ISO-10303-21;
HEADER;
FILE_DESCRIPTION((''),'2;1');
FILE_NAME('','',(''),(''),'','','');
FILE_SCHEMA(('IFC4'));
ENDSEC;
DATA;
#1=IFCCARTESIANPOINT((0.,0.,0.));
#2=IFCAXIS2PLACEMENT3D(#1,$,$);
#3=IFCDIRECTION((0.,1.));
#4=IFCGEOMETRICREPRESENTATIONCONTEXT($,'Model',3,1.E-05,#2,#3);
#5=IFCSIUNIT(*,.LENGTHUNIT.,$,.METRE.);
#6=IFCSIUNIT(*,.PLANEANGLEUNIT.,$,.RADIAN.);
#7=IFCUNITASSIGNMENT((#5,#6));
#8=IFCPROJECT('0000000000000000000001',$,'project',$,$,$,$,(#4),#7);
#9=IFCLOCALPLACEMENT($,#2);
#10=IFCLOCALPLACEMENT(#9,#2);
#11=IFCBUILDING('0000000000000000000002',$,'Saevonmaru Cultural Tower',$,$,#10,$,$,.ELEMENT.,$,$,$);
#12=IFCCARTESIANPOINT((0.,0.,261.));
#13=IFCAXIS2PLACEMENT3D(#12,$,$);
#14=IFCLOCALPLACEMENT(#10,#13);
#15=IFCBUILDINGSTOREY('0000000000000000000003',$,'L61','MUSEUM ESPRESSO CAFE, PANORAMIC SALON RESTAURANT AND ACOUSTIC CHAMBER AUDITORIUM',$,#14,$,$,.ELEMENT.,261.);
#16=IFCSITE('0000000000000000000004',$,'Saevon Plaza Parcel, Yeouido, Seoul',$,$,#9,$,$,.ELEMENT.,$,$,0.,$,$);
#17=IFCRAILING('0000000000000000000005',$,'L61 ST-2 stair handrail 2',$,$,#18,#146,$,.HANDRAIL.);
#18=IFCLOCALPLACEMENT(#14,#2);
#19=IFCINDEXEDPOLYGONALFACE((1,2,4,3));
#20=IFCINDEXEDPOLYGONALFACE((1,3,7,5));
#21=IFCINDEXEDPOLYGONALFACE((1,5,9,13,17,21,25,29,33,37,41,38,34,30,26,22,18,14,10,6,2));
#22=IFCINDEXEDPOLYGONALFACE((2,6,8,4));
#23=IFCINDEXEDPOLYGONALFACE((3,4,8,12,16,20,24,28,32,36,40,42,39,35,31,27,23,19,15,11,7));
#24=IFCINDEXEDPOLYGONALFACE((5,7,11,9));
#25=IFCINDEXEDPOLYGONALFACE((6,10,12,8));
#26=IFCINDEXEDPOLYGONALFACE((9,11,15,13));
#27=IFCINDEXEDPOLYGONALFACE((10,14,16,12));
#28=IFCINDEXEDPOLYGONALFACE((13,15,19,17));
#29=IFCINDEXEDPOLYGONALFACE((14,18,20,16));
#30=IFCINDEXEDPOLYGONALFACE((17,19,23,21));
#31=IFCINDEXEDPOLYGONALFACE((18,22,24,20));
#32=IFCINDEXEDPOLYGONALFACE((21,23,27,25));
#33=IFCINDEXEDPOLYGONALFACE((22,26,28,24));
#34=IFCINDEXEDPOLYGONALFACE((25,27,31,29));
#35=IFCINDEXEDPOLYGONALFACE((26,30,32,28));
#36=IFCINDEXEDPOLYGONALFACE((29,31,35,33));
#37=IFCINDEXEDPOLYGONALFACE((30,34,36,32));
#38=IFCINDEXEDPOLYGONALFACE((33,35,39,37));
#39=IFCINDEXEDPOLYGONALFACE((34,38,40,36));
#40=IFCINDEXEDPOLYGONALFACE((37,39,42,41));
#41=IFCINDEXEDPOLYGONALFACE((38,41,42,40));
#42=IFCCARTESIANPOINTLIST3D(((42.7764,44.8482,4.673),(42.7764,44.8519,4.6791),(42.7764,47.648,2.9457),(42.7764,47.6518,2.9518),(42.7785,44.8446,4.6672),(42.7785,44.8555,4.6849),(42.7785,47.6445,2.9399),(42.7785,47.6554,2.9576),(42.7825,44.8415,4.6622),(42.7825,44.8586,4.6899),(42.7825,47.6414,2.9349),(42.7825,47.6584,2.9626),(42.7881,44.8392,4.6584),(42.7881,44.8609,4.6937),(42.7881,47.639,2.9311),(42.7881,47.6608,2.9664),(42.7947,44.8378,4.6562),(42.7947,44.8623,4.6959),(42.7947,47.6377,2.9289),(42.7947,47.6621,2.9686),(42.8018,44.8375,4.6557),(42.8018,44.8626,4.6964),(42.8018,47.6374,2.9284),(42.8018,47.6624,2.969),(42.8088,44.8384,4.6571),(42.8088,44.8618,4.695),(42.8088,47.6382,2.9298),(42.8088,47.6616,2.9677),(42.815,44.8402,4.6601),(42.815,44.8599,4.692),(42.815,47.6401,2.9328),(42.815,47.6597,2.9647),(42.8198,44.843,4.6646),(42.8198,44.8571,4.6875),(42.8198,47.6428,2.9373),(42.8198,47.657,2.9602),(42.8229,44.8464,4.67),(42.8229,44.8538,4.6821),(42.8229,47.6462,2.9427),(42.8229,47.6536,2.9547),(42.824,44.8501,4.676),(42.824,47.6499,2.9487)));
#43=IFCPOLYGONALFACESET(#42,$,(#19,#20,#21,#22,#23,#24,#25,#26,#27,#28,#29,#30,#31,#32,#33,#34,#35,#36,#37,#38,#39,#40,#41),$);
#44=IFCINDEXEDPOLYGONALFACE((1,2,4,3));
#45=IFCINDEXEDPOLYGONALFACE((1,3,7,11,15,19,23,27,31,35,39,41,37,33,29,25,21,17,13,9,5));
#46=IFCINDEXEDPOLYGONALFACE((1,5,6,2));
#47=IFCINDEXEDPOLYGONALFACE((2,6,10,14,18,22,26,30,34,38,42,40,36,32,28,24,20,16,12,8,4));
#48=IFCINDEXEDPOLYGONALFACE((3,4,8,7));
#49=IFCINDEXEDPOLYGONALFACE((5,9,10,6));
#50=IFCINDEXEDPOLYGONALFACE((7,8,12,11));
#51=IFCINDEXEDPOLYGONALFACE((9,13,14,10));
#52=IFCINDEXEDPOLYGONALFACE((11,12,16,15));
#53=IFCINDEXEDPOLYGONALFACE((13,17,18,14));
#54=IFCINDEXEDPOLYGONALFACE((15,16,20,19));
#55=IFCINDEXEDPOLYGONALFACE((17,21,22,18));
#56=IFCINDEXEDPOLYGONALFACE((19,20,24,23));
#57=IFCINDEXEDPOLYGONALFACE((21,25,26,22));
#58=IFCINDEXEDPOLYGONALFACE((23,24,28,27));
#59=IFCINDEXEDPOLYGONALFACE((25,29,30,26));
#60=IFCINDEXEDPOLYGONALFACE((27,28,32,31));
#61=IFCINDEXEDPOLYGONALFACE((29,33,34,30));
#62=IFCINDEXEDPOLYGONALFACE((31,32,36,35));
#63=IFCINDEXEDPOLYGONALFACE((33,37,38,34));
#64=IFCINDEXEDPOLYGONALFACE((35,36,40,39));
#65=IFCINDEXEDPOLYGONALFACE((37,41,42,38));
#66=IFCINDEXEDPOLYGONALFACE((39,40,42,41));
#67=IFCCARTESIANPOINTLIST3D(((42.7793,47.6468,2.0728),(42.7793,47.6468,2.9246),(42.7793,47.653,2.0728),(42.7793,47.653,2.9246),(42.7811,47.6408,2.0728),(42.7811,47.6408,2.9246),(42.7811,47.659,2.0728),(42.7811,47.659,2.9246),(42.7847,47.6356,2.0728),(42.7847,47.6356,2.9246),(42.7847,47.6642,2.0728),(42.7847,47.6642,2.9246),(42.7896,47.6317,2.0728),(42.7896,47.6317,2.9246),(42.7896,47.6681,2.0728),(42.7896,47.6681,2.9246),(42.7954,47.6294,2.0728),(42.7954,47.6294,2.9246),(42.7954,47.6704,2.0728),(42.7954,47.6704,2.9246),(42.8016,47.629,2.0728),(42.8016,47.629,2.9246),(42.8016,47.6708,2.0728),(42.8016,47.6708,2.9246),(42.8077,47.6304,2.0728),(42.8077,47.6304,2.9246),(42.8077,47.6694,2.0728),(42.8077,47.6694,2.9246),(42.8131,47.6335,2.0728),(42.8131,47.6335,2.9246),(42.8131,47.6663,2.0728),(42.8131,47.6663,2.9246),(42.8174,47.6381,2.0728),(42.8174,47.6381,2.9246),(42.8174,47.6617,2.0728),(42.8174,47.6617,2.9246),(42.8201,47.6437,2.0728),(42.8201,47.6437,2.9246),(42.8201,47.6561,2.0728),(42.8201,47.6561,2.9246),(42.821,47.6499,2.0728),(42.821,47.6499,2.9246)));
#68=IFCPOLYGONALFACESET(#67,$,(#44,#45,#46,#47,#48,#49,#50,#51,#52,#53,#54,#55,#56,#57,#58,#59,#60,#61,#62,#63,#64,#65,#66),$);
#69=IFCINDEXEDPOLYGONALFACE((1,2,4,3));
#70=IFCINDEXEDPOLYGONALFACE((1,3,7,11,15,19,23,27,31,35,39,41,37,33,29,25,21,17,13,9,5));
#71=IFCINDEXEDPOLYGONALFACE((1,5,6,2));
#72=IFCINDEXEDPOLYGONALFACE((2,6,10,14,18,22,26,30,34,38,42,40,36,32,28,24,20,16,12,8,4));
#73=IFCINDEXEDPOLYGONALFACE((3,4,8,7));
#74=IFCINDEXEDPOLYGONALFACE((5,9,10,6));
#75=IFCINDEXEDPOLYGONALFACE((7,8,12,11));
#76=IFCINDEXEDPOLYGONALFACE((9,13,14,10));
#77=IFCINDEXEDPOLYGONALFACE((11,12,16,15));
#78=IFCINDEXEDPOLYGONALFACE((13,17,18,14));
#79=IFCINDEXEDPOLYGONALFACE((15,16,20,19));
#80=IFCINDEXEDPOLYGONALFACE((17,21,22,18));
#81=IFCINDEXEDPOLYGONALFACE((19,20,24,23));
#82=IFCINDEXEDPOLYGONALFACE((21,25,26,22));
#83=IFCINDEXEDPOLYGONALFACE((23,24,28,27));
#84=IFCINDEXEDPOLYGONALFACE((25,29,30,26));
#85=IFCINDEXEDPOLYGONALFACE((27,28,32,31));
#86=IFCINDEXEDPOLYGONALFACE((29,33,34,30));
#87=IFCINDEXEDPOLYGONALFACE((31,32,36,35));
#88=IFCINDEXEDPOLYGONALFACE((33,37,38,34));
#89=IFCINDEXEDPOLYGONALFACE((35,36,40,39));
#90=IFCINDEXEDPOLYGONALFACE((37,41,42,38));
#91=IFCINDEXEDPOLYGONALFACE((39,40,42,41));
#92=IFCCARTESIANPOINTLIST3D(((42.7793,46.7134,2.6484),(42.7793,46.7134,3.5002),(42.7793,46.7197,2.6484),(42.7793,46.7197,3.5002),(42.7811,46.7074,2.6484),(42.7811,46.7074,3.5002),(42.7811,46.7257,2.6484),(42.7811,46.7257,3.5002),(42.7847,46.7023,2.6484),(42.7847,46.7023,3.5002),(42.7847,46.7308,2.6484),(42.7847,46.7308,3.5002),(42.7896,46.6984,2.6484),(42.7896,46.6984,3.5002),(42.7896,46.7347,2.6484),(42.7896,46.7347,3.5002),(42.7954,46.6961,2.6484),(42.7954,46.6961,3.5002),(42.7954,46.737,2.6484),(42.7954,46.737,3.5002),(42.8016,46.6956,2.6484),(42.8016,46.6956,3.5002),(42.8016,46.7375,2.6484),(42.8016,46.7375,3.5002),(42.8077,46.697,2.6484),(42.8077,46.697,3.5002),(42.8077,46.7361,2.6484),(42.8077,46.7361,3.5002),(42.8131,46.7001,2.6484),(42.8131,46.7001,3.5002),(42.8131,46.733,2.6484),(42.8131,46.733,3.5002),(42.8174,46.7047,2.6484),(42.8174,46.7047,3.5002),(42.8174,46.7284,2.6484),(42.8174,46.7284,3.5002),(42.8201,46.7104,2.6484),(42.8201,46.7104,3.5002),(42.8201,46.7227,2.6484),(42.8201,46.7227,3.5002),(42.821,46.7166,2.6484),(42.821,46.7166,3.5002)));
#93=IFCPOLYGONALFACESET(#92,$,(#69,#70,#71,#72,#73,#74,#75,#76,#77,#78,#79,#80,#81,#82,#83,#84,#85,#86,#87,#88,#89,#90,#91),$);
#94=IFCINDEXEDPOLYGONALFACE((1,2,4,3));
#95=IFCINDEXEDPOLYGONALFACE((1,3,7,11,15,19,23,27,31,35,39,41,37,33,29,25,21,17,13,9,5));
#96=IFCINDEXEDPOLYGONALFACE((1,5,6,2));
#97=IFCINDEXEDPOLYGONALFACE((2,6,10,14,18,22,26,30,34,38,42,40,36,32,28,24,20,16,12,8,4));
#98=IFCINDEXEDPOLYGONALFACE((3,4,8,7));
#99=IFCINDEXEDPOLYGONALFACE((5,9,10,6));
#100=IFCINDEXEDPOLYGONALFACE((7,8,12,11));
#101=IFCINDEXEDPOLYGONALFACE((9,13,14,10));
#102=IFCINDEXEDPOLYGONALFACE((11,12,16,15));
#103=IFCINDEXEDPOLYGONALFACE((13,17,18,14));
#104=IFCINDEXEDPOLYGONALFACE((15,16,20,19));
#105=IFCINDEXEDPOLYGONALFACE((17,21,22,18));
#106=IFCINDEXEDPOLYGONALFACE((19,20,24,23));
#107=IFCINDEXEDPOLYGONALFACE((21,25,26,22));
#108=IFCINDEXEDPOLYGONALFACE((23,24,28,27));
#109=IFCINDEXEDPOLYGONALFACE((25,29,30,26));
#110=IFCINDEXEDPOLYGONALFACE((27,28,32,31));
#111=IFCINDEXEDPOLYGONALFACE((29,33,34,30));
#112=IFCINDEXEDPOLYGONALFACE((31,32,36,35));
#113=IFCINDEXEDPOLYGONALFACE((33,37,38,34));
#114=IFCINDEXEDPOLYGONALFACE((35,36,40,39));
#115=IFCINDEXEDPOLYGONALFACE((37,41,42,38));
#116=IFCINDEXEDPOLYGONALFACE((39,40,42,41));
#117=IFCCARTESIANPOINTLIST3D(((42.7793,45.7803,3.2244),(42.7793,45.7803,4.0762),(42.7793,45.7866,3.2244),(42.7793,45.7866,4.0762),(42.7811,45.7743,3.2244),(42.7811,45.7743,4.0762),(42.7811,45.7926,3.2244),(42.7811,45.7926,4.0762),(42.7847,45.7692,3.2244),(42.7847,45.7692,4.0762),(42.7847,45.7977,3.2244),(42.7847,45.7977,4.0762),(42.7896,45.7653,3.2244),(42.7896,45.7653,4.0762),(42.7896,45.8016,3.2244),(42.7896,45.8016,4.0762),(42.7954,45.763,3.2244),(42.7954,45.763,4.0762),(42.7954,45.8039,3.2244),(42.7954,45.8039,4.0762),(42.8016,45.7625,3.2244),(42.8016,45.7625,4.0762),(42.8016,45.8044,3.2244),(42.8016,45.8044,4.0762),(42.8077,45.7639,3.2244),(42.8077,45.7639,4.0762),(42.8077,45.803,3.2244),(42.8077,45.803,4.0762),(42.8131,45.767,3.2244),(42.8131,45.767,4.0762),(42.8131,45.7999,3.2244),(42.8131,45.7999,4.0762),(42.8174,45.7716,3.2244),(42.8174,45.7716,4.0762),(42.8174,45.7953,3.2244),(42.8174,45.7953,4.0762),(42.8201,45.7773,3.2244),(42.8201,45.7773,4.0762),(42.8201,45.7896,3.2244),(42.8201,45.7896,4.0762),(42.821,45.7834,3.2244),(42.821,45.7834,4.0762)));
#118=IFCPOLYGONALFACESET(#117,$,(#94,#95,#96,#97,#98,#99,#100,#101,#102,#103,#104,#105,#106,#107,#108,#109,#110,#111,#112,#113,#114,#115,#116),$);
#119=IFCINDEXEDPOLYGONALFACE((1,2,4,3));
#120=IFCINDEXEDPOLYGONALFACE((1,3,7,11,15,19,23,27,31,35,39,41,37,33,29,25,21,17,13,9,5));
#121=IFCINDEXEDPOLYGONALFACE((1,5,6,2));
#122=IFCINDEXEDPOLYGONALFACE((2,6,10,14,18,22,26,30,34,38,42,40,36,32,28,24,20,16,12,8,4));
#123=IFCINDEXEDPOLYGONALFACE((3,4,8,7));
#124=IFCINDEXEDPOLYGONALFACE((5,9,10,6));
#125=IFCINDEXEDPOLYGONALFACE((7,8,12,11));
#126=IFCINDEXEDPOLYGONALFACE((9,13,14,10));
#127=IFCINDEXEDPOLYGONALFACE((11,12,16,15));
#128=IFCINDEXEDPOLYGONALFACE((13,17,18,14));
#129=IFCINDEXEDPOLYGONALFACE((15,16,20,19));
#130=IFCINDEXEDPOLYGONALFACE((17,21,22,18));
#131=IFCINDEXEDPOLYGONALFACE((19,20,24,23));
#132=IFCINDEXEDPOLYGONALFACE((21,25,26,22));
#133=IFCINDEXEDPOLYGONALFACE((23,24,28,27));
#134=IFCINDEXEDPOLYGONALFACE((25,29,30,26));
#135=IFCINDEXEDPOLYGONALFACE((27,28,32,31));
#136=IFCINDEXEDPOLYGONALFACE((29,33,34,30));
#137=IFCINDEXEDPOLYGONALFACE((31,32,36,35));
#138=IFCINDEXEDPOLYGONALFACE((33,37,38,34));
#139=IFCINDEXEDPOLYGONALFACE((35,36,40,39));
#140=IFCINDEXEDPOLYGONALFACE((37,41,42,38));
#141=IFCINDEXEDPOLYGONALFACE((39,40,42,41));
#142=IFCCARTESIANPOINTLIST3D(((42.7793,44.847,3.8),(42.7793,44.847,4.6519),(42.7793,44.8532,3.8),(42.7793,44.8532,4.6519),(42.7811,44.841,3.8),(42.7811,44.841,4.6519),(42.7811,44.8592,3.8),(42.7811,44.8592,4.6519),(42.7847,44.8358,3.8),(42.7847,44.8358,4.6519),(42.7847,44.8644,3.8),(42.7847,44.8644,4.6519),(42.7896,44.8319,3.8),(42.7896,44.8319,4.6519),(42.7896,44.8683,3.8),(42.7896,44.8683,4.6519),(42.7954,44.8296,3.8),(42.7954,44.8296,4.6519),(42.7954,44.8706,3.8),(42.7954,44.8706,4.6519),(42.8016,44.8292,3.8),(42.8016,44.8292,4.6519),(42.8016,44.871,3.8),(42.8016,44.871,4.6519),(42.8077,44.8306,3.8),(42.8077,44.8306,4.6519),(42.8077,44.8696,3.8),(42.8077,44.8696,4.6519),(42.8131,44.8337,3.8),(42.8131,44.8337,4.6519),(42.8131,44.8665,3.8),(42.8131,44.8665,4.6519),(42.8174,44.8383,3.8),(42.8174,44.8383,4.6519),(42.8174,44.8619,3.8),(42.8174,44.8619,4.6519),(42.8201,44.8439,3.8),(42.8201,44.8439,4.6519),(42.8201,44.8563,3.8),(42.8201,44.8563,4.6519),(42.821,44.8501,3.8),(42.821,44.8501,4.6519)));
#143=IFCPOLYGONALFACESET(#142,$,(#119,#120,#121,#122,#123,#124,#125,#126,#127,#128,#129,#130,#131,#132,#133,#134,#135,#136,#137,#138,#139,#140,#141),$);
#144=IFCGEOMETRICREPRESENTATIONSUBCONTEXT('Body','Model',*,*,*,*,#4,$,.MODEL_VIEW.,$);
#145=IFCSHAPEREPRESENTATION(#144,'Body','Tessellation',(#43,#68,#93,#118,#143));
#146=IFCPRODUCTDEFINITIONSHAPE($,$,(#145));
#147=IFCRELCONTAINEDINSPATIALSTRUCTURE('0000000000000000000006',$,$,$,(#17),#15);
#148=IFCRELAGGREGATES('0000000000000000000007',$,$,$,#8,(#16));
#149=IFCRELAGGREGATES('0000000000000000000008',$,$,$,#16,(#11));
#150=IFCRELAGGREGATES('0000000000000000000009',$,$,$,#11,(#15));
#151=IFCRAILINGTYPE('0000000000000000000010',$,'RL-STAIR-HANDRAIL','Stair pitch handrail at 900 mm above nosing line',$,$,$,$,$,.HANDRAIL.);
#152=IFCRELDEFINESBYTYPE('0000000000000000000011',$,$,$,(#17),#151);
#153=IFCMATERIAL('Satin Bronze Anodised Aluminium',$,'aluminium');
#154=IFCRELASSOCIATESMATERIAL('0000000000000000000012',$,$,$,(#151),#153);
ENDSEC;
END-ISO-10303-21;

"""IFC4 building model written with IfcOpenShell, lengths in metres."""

from ifc_helpers import new_model, si_unit, direction, frame, origin, origin_2d, place, context, subcontext, project, spatial, circle, extrude, material, type_object, element, save


model = new_model("IFC4")

# Units and contexts
model_context = context("Model", 3, precision=1e-05, world=origin(), true_north=direction((0.0, 1.0)))
body_context = subcontext(model_context, "Body", "Model", "MODEL_VIEW")
ifc_project = project(units=[si_unit("LENGTHUNIT", "METRE"), si_unit("PLANEANGLEUNIT", "RADIAN")], contexts=[model_context])

# Site, building, storey
site_placement = place(None, origin())
site = spatial("IfcSite", under=ifc_project, at=site_placement, Name="Saevon Plaza Parcel, Yeouido, Seoul", CompositionType="ELEMENT", RefElevation=0.0)
building_placement = place(site_placement, origin())
building = spatial("IfcBuilding", under=site, at=building_placement, Name="Saevonmaru Cultural Tower", CompositionType="ELEMENT")
storey_placement = place(building_placement, frame((0.0, 0.0, 261.0)))
storey = spatial("IfcBuildingStorey", under=building, at=storey_placement, Name="L61", Description="MUSEUM ESPRESSO CAFE, PANORAMIC SALON RESTAURANT AND ACOUSTIC CHAMBER AUDITORIUM", CompositionType="ELEMENT", Elevation=261.0)

# Shared definitions
ifc_material_1 = material(Name="Satin Bronze Anodised Aluminium", Category="aluminium")

# Railing
railing_type_1 = type_object("IfcRailingType", Name="RL-STAIR-HANDRAIL", Description="Stair pitch handrail at 900 mm above nosing line", PredefinedType="HANDRAIL", material=ifc_material_1)
railing_1_placement = place(storey_placement, frame((42.8, 47.6499, 2.0728)))
element("IfcRailing", 1, at=railing_1_placement, inside=storey, type_object=railing_type_1, Name="L61 ST-2 stair handrail 2", PredefinedType="HANDRAIL", context=body_context, shape_type="SweptSolid", body=[
    extrude(circle(Radius=0.0239, at=origin_2d()), frame((0.0, 0.0, 0.876), z_axis=(0.0, -0.851069, 0.525054), x_axis=(1.0, 0.0, 0.0)), (0.0, 0.0, 1.0), 3.2898),
    extrude(circle(Radius=0.021, at=origin_2d()), origin(), (0.0, 0.0, 1.0), 0.8518),
    extrude(circle(Radius=0.021, at=origin_2d()), frame((0.0, -0.9333, 0.5757)), (0.0, 0.0, 1.0), 0.8518),
    extrude(circle(Radius=0.021, at=origin_2d()), frame((0.0, -1.8665, 1.1516)), (0.0, 0.0, 1.0), 0.8518),
    extrude(circle(Radius=0.021, at=origin_2d()), frame((0.0, -2.7998, 1.7273)), (0.0, 0.0, 1.0), 0.8518),
])

save(model, "model.ifc")
